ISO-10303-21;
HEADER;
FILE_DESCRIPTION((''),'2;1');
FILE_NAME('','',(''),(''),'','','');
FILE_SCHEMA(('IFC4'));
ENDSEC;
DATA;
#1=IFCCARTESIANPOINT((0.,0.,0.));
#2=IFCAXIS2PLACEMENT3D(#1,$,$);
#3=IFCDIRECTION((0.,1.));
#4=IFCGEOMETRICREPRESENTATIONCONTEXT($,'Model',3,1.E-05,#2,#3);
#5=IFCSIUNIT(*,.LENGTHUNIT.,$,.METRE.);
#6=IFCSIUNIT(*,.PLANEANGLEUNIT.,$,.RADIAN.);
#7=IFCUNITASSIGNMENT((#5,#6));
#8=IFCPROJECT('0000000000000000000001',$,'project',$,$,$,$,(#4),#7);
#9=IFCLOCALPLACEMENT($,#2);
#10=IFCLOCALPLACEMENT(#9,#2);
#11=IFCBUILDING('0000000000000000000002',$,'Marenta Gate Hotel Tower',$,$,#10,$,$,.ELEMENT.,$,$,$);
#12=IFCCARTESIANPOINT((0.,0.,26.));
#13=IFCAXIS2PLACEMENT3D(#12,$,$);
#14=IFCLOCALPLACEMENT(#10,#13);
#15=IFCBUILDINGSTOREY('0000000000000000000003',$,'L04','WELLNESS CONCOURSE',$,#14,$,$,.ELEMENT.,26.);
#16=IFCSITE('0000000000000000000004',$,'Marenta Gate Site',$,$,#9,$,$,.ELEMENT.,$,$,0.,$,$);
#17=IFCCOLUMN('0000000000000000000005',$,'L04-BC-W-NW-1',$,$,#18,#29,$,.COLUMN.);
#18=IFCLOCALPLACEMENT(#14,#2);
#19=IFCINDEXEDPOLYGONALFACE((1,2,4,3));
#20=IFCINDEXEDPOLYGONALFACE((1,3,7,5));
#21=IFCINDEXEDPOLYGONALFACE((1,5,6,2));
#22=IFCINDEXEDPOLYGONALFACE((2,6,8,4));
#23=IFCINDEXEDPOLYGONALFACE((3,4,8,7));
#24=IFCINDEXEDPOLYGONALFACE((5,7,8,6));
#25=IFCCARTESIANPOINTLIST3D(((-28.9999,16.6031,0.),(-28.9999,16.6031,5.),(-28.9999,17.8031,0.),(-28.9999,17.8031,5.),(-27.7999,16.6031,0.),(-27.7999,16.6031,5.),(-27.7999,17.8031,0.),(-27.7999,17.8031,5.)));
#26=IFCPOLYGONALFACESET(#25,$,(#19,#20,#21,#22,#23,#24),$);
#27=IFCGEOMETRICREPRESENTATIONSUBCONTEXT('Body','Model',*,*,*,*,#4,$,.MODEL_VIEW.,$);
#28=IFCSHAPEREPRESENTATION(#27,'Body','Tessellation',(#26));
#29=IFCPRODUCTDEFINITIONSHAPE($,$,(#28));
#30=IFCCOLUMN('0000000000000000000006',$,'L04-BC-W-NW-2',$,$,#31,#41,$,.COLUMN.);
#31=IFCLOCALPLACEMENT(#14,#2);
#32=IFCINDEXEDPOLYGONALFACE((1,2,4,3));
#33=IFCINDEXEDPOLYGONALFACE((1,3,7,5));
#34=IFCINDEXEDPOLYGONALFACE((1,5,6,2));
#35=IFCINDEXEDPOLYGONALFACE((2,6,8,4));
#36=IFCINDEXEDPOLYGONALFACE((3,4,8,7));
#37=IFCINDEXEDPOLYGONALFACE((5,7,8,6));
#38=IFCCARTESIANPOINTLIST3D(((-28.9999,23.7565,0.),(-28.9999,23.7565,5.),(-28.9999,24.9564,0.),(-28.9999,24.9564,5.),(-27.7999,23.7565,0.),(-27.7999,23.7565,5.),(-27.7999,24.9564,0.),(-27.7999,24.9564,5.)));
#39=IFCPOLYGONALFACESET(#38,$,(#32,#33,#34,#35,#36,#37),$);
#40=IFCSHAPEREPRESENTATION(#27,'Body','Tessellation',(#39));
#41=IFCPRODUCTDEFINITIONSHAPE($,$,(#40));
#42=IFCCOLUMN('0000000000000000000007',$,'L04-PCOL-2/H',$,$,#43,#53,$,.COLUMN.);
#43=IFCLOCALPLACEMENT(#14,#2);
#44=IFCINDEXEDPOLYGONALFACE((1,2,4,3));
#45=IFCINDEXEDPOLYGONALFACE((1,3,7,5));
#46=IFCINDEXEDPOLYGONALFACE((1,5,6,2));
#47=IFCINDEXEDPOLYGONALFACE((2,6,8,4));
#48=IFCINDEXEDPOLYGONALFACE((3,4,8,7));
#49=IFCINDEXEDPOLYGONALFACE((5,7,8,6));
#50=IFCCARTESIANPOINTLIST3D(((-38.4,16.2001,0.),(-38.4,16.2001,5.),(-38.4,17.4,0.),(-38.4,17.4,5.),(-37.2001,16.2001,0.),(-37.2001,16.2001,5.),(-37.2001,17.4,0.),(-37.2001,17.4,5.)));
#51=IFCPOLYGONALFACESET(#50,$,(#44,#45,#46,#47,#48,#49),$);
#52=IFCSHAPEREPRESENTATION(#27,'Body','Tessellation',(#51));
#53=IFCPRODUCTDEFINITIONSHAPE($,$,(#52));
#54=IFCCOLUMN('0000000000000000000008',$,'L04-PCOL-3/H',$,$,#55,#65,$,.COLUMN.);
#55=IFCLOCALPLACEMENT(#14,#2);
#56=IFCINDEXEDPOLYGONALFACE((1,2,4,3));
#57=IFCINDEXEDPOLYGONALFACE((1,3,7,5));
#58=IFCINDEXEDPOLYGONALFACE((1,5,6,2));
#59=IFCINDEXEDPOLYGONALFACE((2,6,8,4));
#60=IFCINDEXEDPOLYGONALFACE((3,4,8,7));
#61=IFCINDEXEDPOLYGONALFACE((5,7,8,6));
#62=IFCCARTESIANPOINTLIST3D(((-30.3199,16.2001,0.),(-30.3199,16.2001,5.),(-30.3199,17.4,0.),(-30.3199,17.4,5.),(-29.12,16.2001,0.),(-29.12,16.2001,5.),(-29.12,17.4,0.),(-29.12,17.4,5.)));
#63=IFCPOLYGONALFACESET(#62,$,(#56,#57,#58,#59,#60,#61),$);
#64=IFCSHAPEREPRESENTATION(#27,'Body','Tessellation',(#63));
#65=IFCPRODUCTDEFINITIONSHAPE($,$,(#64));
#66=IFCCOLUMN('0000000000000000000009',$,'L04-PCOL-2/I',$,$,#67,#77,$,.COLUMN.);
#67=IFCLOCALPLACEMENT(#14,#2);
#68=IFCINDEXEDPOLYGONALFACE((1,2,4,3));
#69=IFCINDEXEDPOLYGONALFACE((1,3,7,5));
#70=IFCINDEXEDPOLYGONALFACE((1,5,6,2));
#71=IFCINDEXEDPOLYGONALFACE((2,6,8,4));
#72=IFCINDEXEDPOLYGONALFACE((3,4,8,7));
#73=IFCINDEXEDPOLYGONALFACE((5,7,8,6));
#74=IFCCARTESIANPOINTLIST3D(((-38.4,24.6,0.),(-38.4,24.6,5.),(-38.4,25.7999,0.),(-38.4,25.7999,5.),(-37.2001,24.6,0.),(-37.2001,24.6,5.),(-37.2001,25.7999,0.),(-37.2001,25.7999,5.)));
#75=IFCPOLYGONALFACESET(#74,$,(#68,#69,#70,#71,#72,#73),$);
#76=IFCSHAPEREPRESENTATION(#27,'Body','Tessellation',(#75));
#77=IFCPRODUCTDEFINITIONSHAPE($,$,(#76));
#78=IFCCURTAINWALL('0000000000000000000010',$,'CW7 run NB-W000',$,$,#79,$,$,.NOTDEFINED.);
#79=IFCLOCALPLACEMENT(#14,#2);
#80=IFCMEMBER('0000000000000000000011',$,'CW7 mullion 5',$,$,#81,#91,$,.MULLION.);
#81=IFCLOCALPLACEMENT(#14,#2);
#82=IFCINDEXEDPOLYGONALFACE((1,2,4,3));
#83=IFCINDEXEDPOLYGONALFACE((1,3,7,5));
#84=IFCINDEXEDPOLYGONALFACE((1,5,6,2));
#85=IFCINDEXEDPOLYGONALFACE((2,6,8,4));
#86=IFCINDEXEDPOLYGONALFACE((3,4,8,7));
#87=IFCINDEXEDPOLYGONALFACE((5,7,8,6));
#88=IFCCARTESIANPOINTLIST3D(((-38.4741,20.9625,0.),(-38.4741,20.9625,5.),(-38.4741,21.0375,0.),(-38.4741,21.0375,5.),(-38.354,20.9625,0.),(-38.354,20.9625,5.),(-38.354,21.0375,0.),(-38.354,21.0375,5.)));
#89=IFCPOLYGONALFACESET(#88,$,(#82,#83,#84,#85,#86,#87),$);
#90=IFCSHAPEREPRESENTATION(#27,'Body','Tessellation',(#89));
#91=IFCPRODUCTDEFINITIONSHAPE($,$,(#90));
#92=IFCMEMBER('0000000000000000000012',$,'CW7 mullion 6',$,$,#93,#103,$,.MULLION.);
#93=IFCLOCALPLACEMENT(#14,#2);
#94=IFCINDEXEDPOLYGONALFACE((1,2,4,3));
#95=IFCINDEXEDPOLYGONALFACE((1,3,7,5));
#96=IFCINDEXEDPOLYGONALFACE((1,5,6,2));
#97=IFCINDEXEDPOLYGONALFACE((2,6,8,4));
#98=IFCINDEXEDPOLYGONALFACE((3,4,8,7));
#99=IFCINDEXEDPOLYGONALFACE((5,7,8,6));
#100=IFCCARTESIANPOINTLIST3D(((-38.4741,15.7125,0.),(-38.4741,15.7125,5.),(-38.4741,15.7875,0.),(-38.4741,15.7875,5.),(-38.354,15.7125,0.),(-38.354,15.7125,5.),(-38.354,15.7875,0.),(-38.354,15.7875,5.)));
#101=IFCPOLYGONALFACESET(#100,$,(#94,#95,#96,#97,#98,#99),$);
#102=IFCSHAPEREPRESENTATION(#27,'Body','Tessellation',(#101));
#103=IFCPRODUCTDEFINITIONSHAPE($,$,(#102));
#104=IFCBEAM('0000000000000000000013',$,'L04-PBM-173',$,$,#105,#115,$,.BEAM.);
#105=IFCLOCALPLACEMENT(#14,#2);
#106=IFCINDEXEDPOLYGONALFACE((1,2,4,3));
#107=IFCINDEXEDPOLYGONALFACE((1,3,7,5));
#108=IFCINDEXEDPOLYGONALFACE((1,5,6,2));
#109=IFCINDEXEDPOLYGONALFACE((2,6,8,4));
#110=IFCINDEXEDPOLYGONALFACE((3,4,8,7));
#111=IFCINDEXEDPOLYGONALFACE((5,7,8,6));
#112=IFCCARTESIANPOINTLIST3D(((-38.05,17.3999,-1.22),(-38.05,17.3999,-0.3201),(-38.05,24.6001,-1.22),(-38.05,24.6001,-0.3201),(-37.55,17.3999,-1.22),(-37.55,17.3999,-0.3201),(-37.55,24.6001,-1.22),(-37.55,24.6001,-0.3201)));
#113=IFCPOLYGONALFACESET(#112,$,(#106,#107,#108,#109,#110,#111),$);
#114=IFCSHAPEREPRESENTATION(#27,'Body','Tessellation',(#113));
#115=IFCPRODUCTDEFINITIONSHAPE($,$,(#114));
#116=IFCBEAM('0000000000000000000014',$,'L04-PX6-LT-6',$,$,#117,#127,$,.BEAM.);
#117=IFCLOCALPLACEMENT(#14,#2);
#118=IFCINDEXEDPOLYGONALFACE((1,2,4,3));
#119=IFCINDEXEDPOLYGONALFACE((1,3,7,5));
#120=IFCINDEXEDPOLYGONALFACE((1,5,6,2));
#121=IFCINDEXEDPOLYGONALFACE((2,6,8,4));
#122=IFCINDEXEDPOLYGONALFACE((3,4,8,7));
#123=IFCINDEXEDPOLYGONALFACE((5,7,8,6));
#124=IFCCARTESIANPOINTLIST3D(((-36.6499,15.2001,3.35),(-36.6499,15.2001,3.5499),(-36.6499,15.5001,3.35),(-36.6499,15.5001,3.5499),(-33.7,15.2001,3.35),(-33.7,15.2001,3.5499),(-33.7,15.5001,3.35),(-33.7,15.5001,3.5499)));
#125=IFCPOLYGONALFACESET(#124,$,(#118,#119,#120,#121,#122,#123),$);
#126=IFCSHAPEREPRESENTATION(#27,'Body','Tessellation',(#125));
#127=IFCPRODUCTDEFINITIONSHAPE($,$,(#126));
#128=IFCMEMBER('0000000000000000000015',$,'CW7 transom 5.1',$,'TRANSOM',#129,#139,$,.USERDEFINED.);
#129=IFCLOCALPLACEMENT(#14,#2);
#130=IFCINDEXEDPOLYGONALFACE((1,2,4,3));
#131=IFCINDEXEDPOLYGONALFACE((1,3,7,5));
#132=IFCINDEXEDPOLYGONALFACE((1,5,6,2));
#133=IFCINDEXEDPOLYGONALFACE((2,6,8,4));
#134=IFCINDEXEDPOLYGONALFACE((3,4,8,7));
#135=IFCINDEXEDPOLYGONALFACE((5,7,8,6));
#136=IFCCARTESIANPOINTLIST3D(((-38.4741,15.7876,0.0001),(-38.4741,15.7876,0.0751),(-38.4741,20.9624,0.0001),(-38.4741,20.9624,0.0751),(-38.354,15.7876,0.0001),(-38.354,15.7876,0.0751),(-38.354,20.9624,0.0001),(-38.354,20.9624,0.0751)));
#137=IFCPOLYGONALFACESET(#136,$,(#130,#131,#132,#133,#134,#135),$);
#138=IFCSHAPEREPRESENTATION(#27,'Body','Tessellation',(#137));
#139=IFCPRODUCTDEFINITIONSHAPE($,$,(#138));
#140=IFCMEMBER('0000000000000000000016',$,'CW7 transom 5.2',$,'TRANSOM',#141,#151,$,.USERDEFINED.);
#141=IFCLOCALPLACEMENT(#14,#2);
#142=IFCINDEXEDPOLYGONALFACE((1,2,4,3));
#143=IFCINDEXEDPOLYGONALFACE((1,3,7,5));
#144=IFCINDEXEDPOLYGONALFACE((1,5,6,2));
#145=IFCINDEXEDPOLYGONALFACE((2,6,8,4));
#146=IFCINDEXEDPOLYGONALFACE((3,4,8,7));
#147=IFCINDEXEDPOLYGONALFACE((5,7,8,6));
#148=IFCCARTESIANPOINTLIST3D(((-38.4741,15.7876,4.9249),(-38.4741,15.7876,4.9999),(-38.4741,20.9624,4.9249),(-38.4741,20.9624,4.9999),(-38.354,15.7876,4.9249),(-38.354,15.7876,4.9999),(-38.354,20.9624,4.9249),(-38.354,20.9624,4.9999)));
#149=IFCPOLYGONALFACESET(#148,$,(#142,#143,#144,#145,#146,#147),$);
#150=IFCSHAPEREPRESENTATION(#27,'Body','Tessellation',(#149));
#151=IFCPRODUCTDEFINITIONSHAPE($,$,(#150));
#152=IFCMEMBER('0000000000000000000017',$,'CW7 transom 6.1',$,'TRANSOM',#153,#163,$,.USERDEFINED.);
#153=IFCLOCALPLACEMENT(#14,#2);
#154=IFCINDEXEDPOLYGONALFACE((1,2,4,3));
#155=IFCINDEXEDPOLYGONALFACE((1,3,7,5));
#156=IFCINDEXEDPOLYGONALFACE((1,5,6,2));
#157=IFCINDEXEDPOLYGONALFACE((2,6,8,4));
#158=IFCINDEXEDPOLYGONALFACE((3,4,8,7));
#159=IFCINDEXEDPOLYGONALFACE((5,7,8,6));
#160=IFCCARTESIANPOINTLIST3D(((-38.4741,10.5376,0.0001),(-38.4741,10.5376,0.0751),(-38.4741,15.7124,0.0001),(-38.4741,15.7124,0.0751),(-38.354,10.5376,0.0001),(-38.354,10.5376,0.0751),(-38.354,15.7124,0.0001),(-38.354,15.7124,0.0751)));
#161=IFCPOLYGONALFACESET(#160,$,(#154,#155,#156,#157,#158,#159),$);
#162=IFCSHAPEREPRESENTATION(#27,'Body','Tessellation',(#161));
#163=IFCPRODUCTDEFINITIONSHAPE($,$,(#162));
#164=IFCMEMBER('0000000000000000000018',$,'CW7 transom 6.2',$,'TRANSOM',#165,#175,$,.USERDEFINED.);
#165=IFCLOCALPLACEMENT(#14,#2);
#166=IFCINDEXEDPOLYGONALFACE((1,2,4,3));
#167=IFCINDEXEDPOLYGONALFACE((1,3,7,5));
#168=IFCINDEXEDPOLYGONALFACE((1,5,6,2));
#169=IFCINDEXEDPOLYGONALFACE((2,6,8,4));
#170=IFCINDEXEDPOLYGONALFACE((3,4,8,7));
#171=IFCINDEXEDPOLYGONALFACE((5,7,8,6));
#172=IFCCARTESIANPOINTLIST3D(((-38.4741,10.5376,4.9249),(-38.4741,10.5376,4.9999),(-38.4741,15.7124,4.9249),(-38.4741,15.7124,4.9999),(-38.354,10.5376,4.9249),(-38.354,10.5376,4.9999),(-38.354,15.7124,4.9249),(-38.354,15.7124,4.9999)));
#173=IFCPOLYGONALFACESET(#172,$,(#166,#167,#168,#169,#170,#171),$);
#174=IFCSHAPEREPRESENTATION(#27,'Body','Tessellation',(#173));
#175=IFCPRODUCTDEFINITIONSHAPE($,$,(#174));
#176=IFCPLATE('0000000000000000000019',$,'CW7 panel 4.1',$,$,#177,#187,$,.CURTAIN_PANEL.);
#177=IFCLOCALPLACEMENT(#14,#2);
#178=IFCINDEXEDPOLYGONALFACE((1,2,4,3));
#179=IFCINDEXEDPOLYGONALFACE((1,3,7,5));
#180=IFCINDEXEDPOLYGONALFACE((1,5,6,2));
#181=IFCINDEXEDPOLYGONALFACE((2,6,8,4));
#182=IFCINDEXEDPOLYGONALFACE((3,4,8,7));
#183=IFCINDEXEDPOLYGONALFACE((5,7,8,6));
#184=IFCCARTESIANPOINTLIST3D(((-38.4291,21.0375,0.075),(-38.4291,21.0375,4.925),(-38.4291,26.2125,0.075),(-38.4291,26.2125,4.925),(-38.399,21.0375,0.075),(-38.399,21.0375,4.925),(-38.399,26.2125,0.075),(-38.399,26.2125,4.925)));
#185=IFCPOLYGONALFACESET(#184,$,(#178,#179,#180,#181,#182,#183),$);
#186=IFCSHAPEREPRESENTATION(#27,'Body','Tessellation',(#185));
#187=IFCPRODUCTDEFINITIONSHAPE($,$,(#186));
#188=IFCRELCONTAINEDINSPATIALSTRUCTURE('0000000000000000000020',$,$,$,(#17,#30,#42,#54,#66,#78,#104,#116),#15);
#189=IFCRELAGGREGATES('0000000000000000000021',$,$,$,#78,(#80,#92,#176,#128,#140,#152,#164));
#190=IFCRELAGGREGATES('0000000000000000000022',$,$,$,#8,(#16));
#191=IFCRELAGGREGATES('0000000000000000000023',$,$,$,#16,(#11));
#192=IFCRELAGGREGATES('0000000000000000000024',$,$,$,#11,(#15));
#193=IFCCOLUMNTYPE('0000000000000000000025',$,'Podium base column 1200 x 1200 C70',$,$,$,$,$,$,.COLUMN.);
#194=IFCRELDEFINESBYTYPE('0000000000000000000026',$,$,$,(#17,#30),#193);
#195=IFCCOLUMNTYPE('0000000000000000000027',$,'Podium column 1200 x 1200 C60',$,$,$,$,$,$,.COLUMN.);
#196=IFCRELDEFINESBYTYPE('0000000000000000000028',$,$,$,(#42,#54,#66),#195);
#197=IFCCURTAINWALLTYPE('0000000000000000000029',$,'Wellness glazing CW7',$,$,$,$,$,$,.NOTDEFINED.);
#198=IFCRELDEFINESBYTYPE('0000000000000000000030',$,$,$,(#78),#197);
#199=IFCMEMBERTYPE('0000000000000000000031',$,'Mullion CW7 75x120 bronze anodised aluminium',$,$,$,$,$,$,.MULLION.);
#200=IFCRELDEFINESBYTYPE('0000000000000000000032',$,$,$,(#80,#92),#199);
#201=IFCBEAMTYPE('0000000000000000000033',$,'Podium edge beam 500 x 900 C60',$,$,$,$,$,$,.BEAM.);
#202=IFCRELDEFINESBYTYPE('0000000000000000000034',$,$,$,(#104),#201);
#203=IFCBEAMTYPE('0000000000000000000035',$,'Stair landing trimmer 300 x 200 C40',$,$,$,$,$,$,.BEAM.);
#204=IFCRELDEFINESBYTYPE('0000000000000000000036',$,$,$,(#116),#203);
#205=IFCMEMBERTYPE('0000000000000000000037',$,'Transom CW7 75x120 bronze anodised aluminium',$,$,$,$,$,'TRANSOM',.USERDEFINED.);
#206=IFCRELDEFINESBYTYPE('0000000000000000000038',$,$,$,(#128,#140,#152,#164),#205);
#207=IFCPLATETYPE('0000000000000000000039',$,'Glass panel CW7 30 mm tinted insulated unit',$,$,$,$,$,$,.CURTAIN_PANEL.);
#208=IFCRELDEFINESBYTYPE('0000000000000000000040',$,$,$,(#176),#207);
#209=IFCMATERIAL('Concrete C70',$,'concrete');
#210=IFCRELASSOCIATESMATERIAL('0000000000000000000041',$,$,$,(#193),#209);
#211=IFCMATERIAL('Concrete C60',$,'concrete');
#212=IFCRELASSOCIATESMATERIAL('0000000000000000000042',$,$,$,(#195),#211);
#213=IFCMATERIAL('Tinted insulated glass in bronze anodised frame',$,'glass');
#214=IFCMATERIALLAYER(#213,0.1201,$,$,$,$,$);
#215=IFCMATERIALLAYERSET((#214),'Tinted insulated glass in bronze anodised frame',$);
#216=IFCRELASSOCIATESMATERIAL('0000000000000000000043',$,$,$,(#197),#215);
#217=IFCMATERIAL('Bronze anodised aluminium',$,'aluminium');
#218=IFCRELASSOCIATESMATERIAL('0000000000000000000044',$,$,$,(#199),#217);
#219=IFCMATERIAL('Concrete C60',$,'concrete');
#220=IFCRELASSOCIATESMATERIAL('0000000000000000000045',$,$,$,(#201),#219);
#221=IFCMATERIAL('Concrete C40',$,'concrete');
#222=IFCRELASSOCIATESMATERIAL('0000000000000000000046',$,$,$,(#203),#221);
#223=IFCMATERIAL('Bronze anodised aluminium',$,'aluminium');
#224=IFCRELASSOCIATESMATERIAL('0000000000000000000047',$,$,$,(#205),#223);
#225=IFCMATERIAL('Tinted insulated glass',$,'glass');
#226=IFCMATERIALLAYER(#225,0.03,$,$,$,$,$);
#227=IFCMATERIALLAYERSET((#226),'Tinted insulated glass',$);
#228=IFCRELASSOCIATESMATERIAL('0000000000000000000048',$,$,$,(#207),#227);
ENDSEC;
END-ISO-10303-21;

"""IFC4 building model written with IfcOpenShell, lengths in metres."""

from ifc_helpers import new_model, si_unit, direction, frame, origin, origin_2d, place, context, subcontext, project, spatial, rectangle, extrude, material, layer, layer_set, material_profile, profile_set, type_object, element, aggregate, save


model = new_model("IFC4")

# Units and contexts
model_context = context("Model", 3, precision=1e-05, world=origin(), true_north=direction((0.0, 1.0)))
body_context = subcontext(model_context, "Body", "Model", "MODEL_VIEW")
ifc_project = project(units=[si_unit("LENGTHUNIT", "METRE"), si_unit("PLANEANGLEUNIT", "RADIAN")], contexts=[model_context])

# Site, building, storey
site_placement = place(None, origin())
site = spatial("IfcSite", under=ifc_project, at=site_placement, Name="Marenta Gate Site", CompositionType="ELEMENT", RefElevation=0.0)
building_placement = place(site_placement, origin())
building = spatial("IfcBuilding", under=site, at=building_placement, Name="Marenta Gate Hotel Tower", CompositionType="ELEMENT")
storey_placement = place(building_placement, frame((0.0, 0.0, 26.0)))
storey = spatial("IfcBuildingStorey", under=building, at=storey_placement, Name="L04", Description="WELLNESS CONCOURSE", CompositionType="ELEMENT", Elevation=26.0)

# Columns
ifc_material_1 = material(Name="Concrete C70", Category="concrete")
ifc_material_profile_1 = material_profile(ifc_material_1, rectangle(XDim=1.2, YDim=1.2, at=origin_2d()), Name="1200 x 1200")
ifc_profile_set_1 = profile_set([ifc_material_profile_1], Name="Concrete C70")
column_type_1 = type_object("IfcColumnType", Name="Podium base column 1200 x 1200 C70", PredefinedType="COLUMN", material=ifc_profile_set_1)
for number, where, z_axis, x_axis, name in (
    (1, (-28.3999, 17.2031, 0.0), (0.0, 0.0, 1.0), (1.0, 0.0, 0.0), "L04-BC-W-NW-1"),
    (2, (-28.3999, 24.3564, 0.0), (0.0, 0.0, 1.0), (1.0, 0.0, 0.0), "L04-BC-W-NW-2"),
):
    element("IfcColumn", number, at=place(storey_placement, frame(where, z_axis=z_axis, x_axis=x_axis)), inside=storey, type_object=column_type_1, Name=name, PredefinedType="COLUMN", context=body_context, shape_type="SweptSolid", body=[
        extrude(rectangle(XDim=1.2, YDim=1.2, at=origin_2d()), origin(), (0.0, 0.0, 1.0), 5.0),
    ])
ifc_material_2 = material(Name="Concrete C60", Category="concrete")
ifc_material_profile_2 = material_profile(ifc_material_2, rectangle(XDim=1.2, YDim=1.2, at=origin_2d()), Name="1200 x 1200")
ifc_profile_set_2 = profile_set([ifc_material_profile_2], Name="Concrete C60")
column_type_2 = type_object("IfcColumnType", Name="Podium column 1200 x 1200 C60", PredefinedType="COLUMN", material=ifc_profile_set_2)
for number, where, z_axis, x_axis, name in (
    (3, (-37.8, 16.8, 0.0), (0.0, 0.0, 1.0), (1.0, 0.0, 0.0), "L04-PCOL-2/H"),
    (4, (-29.72, 16.8, 0.0), (0.0, 0.0, 1.0), (1.0, 0.0, 0.0), "L04-PCOL-3/H"),
    (5, (-37.8, 25.2, 0.0), (0.0, 0.0, 1.0), (1.0, 0.0, 0.0), "L04-PCOL-2/I"),
):
    element("IfcColumn", number, at=place(storey_placement, frame(where, z_axis=z_axis, x_axis=x_axis)), inside=storey, type_object=column_type_2, Name=name, PredefinedType="COLUMN", context=body_context, shape_type="SweptSolid", body=[
        extrude(rectangle(XDim=1.2, YDim=1.2, at=origin_2d()), origin(), (0.0, 0.0, 1.0), 5.0),
    ])

# Curtain wall, members
ifc_material_3 = material(Name="Tinted insulated glass in bronze anodised frame", Category="glass")
ifc_layer_1 = layer(ifc_material_3, 0.1201)
ifc_layer_set_1 = layer_set([ifc_layer_1], Name="Tinted insulated glass in bronze anodised frame")
curtain_wall_type = type_object("IfcCurtainWallType", Name="Wellness glazing CW7", PredefinedType="NOTDEFINED", material=ifc_layer_set_1)
curtain_wall_placement = place(storey_placement, origin())
curtain_wall = element("IfcCurtainWall", 6, at=curtain_wall_placement, inside=storey, type_object=curtain_wall_type, Name="CW7 run NB-W000", PredefinedType="NOTDEFINED")
ifc_material_4 = material(Name="Bronze anodised aluminium", Category="aluminium")
ifc_material_profile_3 = material_profile(ifc_material_4, rectangle(XDim=0.1201, YDim=0.075, at=origin_2d()), Name="Mullion CW7 75x120 bronze anodised aluminium")
ifc_profile_set_3 = profile_set([ifc_material_profile_3], Name="Bronze anodised aluminium")
member_type_1 = type_object("IfcMemberType", Name="Mullion CW7 75x120 bronze anodised aluminium", PredefinedType="MULLION", material=ifc_profile_set_3)
member_1_placement = place(storey_placement, frame((-38.4141, 21.0, 0.0), z_axis=(0.0, 0.0, 1.0), x_axis=(1.0, 0.0, 0.0)))
member_1 = element("IfcMember", 7, at=member_1_placement, type_object=member_type_1, Name="CW7 mullion 5", PredefinedType="MULLION", context=body_context, shape_type="SweptSolid", body=[
    extrude(rectangle(XDim=0.1201, YDim=0.075, at=origin_2d()), origin(), (0.0, 0.0, 1.0), 5.0),
])
member_2_placement = place(storey_placement, frame((-38.4141, 15.75, 0.0), z_axis=(0.0, 0.0, 1.0), x_axis=(1.0, 0.0, 0.0)))
member_2 = element("IfcMember", 8, at=member_2_placement, type_object=member_type_1, Name="CW7 mullion 6", PredefinedType="MULLION", context=body_context, shape_type="SweptSolid", body=[
    extrude(rectangle(XDim=0.1201, YDim=0.075, at=origin_2d()), origin(), (0.0, 0.0, 1.0), 5.0),
])

# Beams
ifc_material_5 = material(Name="Concrete C60", Category="concrete")
ifc_material_profile_4 = material_profile(ifc_material_5, rectangle(XDim=0.5, YDim=0.8999, at=origin_2d()), Name="500 x 900")
ifc_profile_set_4 = profile_set([ifc_material_profile_4], Name="Concrete C60")
beam_type_1 = type_object("IfcBeamType", Name="Podium edge beam 500 x 900 C60", PredefinedType="BEAM", material=ifc_profile_set_4)
beam_1_placement = place(storey_placement, frame((-37.8, 24.6001, -0.77), z_axis=(0.0, -1.0, 0.0), x_axis=(1.0, 0.0, 0.0)))
element("IfcBeam", 9, at=beam_1_placement, inside=storey, type_object=beam_type_1, Name="L04-PBM-173", PredefinedType="BEAM", context=body_context, shape_type="SweptSolid", body=[
    extrude(rectangle(XDim=0.5, YDim=0.8999, at=origin_2d()), origin(), (0.0, 0.0, 1.0), 7.2002),
])
ifc_material_6 = material(Name="Concrete C40", Category="concrete")
ifc_material_profile_5 = material_profile(ifc_material_6, rectangle(XDim=0.3, YDim=0.2, at=origin_2d()), Name="300 x 200")
ifc_profile_set_5 = profile_set([ifc_material_profile_5], Name="Concrete C40")
beam_type_2 = type_object("IfcBeamType", Name="Stair landing trimmer 300 x 200 C40", PredefinedType="BEAM", material=ifc_profile_set_5)
beam_2_placement = place(storey_placement, frame((-36.6499, 15.3501, 3.45), z_axis=(1.0, 0.0, 0.0), x_axis=(0.0, 1.0, 0.0)))
element("IfcBeam", 10, at=beam_2_placement, inside=storey, type_object=beam_type_2, Name="L04-PX6-LT-6", PredefinedType="BEAM", context=body_context, shape_type="SweptSolid", body=[
    extrude(rectangle(XDim=0.3, YDim=0.2, at=origin_2d()), origin(), (0.0, 0.0, 1.0), 2.95),
])

# Members
ifc_material_7 = material(Name="Bronze anodised aluminium", Category="aluminium")
ifc_material_profile_6 = material_profile(ifc_material_7, rectangle(XDim=0.1201, YDim=0.075, at=origin_2d()), Name="Transom CW7 75x120 bronze anodised aluminium")
ifc_profile_set_6 = profile_set([ifc_material_profile_6], Name="Bronze anodised aluminium")
member_type_2 = type_object("IfcMemberType", Name="Transom CW7 75x120 bronze anodised aluminium", ElementType="TRANSOM", PredefinedType="USERDEFINED", material=ifc_profile_set_6)
member_3_placement = place(storey_placement, frame((-38.4141, 20.9624, 0.0376), z_axis=(0.0, -1.0, 0.0), x_axis=(1.0, 0.0, 0.0)))
member_3 = element("IfcMember", 11, at=member_3_placement, type_object=member_type_2, Name="CW7 transom 5.1", ObjectType="TRANSOM", PredefinedType="USERDEFINED", context=body_context, shape_type="SweptSolid", body=[
    extrude(rectangle(XDim=0.1201, YDim=0.075, at=origin_2d()), origin(), (0.0, 0.0, 1.0), 5.1748),
])
member_4_placement = place(storey_placement, frame((-38.4141, 20.9624, 4.9624), z_axis=(0.0, -1.0, 0.0), x_axis=(1.0, 0.0, 0.0)))
member_4 = element("IfcMember", 12, at=member_4_placement, type_object=member_type_2, Name="CW7 transom 5.2", ObjectType="TRANSOM", PredefinedType="USERDEFINED", context=body_context, shape_type="SweptSolid", body=[
    extrude(rectangle(XDim=0.1201, YDim=0.075, at=origin_2d()), origin(), (0.0, 0.0, 1.0), 5.1748),
])
member_5_placement = place(storey_placement, frame((-38.4141, 15.7124, 0.0376), z_axis=(0.0, -1.0, 0.0), x_axis=(1.0, 0.0, 0.0)))
member_5 = element("IfcMember", 13, at=member_5_placement, type_object=member_type_2, Name="CW7 transom 6.1", ObjectType="TRANSOM", PredefinedType="USERDEFINED", context=body_context, shape_type="SweptSolid", body=[
    extrude(rectangle(XDim=0.1201, YDim=0.075, at=origin_2d()), origin(), (0.0, 0.0, 1.0), 5.1748),
])
member_6_placement = place(storey_placement, frame((-38.4141, 15.7124, 4.9624), z_axis=(0.0, -1.0, 0.0), x_axis=(1.0, 0.0, 0.0)))
member_6 = element("IfcMember", 14, at=member_6_placement, type_object=member_type_2, Name="CW7 transom 6.2", ObjectType="TRANSOM", PredefinedType="USERDEFINED", context=body_context, shape_type="SweptSolid", body=[
    extrude(rectangle(XDim=0.1201, YDim=0.075, at=origin_2d()), origin(), (0.0, 0.0, 1.0), 5.1748),
])

# Plate
ifc_material_8 = material(Name="Tinted insulated glass", Category="glass")
ifc_layer_2 = layer(ifc_material_8, 0.03)
ifc_layer_set_2 = layer_set([ifc_layer_2], Name="Tinted insulated glass")
plate_type = type_object("IfcPlateType", Name="Glass panel CW7 30 mm tinted insulated unit", PredefinedType="CURTAIN_PANEL", material=ifc_layer_set_2)
plate_1_placement = place(storey_placement, frame((-38.4141, 23.625, 0.075), z_axis=(0.0, 0.0, 1.0), x_axis=(0.0, -1.0, 0.0)))
plate_1 = element("IfcPlate", 15, at=plate_1_placement, type_object=plate_type, Name="CW7 panel 4.1", PredefinedType="CURTAIN_PANEL", context=body_context, shape_type="SweptSolid", body=[
    extrude(rectangle(XDim=5.175, YDim=0.03, at=origin_2d()), origin(), (0.0, 0.0, 1.0), 4.8501),
])
aggregate(curtain_wall, [member_1, member_2, plate_1, member_3, member_4, member_5, member_6])

save(model, "model.ifc")
